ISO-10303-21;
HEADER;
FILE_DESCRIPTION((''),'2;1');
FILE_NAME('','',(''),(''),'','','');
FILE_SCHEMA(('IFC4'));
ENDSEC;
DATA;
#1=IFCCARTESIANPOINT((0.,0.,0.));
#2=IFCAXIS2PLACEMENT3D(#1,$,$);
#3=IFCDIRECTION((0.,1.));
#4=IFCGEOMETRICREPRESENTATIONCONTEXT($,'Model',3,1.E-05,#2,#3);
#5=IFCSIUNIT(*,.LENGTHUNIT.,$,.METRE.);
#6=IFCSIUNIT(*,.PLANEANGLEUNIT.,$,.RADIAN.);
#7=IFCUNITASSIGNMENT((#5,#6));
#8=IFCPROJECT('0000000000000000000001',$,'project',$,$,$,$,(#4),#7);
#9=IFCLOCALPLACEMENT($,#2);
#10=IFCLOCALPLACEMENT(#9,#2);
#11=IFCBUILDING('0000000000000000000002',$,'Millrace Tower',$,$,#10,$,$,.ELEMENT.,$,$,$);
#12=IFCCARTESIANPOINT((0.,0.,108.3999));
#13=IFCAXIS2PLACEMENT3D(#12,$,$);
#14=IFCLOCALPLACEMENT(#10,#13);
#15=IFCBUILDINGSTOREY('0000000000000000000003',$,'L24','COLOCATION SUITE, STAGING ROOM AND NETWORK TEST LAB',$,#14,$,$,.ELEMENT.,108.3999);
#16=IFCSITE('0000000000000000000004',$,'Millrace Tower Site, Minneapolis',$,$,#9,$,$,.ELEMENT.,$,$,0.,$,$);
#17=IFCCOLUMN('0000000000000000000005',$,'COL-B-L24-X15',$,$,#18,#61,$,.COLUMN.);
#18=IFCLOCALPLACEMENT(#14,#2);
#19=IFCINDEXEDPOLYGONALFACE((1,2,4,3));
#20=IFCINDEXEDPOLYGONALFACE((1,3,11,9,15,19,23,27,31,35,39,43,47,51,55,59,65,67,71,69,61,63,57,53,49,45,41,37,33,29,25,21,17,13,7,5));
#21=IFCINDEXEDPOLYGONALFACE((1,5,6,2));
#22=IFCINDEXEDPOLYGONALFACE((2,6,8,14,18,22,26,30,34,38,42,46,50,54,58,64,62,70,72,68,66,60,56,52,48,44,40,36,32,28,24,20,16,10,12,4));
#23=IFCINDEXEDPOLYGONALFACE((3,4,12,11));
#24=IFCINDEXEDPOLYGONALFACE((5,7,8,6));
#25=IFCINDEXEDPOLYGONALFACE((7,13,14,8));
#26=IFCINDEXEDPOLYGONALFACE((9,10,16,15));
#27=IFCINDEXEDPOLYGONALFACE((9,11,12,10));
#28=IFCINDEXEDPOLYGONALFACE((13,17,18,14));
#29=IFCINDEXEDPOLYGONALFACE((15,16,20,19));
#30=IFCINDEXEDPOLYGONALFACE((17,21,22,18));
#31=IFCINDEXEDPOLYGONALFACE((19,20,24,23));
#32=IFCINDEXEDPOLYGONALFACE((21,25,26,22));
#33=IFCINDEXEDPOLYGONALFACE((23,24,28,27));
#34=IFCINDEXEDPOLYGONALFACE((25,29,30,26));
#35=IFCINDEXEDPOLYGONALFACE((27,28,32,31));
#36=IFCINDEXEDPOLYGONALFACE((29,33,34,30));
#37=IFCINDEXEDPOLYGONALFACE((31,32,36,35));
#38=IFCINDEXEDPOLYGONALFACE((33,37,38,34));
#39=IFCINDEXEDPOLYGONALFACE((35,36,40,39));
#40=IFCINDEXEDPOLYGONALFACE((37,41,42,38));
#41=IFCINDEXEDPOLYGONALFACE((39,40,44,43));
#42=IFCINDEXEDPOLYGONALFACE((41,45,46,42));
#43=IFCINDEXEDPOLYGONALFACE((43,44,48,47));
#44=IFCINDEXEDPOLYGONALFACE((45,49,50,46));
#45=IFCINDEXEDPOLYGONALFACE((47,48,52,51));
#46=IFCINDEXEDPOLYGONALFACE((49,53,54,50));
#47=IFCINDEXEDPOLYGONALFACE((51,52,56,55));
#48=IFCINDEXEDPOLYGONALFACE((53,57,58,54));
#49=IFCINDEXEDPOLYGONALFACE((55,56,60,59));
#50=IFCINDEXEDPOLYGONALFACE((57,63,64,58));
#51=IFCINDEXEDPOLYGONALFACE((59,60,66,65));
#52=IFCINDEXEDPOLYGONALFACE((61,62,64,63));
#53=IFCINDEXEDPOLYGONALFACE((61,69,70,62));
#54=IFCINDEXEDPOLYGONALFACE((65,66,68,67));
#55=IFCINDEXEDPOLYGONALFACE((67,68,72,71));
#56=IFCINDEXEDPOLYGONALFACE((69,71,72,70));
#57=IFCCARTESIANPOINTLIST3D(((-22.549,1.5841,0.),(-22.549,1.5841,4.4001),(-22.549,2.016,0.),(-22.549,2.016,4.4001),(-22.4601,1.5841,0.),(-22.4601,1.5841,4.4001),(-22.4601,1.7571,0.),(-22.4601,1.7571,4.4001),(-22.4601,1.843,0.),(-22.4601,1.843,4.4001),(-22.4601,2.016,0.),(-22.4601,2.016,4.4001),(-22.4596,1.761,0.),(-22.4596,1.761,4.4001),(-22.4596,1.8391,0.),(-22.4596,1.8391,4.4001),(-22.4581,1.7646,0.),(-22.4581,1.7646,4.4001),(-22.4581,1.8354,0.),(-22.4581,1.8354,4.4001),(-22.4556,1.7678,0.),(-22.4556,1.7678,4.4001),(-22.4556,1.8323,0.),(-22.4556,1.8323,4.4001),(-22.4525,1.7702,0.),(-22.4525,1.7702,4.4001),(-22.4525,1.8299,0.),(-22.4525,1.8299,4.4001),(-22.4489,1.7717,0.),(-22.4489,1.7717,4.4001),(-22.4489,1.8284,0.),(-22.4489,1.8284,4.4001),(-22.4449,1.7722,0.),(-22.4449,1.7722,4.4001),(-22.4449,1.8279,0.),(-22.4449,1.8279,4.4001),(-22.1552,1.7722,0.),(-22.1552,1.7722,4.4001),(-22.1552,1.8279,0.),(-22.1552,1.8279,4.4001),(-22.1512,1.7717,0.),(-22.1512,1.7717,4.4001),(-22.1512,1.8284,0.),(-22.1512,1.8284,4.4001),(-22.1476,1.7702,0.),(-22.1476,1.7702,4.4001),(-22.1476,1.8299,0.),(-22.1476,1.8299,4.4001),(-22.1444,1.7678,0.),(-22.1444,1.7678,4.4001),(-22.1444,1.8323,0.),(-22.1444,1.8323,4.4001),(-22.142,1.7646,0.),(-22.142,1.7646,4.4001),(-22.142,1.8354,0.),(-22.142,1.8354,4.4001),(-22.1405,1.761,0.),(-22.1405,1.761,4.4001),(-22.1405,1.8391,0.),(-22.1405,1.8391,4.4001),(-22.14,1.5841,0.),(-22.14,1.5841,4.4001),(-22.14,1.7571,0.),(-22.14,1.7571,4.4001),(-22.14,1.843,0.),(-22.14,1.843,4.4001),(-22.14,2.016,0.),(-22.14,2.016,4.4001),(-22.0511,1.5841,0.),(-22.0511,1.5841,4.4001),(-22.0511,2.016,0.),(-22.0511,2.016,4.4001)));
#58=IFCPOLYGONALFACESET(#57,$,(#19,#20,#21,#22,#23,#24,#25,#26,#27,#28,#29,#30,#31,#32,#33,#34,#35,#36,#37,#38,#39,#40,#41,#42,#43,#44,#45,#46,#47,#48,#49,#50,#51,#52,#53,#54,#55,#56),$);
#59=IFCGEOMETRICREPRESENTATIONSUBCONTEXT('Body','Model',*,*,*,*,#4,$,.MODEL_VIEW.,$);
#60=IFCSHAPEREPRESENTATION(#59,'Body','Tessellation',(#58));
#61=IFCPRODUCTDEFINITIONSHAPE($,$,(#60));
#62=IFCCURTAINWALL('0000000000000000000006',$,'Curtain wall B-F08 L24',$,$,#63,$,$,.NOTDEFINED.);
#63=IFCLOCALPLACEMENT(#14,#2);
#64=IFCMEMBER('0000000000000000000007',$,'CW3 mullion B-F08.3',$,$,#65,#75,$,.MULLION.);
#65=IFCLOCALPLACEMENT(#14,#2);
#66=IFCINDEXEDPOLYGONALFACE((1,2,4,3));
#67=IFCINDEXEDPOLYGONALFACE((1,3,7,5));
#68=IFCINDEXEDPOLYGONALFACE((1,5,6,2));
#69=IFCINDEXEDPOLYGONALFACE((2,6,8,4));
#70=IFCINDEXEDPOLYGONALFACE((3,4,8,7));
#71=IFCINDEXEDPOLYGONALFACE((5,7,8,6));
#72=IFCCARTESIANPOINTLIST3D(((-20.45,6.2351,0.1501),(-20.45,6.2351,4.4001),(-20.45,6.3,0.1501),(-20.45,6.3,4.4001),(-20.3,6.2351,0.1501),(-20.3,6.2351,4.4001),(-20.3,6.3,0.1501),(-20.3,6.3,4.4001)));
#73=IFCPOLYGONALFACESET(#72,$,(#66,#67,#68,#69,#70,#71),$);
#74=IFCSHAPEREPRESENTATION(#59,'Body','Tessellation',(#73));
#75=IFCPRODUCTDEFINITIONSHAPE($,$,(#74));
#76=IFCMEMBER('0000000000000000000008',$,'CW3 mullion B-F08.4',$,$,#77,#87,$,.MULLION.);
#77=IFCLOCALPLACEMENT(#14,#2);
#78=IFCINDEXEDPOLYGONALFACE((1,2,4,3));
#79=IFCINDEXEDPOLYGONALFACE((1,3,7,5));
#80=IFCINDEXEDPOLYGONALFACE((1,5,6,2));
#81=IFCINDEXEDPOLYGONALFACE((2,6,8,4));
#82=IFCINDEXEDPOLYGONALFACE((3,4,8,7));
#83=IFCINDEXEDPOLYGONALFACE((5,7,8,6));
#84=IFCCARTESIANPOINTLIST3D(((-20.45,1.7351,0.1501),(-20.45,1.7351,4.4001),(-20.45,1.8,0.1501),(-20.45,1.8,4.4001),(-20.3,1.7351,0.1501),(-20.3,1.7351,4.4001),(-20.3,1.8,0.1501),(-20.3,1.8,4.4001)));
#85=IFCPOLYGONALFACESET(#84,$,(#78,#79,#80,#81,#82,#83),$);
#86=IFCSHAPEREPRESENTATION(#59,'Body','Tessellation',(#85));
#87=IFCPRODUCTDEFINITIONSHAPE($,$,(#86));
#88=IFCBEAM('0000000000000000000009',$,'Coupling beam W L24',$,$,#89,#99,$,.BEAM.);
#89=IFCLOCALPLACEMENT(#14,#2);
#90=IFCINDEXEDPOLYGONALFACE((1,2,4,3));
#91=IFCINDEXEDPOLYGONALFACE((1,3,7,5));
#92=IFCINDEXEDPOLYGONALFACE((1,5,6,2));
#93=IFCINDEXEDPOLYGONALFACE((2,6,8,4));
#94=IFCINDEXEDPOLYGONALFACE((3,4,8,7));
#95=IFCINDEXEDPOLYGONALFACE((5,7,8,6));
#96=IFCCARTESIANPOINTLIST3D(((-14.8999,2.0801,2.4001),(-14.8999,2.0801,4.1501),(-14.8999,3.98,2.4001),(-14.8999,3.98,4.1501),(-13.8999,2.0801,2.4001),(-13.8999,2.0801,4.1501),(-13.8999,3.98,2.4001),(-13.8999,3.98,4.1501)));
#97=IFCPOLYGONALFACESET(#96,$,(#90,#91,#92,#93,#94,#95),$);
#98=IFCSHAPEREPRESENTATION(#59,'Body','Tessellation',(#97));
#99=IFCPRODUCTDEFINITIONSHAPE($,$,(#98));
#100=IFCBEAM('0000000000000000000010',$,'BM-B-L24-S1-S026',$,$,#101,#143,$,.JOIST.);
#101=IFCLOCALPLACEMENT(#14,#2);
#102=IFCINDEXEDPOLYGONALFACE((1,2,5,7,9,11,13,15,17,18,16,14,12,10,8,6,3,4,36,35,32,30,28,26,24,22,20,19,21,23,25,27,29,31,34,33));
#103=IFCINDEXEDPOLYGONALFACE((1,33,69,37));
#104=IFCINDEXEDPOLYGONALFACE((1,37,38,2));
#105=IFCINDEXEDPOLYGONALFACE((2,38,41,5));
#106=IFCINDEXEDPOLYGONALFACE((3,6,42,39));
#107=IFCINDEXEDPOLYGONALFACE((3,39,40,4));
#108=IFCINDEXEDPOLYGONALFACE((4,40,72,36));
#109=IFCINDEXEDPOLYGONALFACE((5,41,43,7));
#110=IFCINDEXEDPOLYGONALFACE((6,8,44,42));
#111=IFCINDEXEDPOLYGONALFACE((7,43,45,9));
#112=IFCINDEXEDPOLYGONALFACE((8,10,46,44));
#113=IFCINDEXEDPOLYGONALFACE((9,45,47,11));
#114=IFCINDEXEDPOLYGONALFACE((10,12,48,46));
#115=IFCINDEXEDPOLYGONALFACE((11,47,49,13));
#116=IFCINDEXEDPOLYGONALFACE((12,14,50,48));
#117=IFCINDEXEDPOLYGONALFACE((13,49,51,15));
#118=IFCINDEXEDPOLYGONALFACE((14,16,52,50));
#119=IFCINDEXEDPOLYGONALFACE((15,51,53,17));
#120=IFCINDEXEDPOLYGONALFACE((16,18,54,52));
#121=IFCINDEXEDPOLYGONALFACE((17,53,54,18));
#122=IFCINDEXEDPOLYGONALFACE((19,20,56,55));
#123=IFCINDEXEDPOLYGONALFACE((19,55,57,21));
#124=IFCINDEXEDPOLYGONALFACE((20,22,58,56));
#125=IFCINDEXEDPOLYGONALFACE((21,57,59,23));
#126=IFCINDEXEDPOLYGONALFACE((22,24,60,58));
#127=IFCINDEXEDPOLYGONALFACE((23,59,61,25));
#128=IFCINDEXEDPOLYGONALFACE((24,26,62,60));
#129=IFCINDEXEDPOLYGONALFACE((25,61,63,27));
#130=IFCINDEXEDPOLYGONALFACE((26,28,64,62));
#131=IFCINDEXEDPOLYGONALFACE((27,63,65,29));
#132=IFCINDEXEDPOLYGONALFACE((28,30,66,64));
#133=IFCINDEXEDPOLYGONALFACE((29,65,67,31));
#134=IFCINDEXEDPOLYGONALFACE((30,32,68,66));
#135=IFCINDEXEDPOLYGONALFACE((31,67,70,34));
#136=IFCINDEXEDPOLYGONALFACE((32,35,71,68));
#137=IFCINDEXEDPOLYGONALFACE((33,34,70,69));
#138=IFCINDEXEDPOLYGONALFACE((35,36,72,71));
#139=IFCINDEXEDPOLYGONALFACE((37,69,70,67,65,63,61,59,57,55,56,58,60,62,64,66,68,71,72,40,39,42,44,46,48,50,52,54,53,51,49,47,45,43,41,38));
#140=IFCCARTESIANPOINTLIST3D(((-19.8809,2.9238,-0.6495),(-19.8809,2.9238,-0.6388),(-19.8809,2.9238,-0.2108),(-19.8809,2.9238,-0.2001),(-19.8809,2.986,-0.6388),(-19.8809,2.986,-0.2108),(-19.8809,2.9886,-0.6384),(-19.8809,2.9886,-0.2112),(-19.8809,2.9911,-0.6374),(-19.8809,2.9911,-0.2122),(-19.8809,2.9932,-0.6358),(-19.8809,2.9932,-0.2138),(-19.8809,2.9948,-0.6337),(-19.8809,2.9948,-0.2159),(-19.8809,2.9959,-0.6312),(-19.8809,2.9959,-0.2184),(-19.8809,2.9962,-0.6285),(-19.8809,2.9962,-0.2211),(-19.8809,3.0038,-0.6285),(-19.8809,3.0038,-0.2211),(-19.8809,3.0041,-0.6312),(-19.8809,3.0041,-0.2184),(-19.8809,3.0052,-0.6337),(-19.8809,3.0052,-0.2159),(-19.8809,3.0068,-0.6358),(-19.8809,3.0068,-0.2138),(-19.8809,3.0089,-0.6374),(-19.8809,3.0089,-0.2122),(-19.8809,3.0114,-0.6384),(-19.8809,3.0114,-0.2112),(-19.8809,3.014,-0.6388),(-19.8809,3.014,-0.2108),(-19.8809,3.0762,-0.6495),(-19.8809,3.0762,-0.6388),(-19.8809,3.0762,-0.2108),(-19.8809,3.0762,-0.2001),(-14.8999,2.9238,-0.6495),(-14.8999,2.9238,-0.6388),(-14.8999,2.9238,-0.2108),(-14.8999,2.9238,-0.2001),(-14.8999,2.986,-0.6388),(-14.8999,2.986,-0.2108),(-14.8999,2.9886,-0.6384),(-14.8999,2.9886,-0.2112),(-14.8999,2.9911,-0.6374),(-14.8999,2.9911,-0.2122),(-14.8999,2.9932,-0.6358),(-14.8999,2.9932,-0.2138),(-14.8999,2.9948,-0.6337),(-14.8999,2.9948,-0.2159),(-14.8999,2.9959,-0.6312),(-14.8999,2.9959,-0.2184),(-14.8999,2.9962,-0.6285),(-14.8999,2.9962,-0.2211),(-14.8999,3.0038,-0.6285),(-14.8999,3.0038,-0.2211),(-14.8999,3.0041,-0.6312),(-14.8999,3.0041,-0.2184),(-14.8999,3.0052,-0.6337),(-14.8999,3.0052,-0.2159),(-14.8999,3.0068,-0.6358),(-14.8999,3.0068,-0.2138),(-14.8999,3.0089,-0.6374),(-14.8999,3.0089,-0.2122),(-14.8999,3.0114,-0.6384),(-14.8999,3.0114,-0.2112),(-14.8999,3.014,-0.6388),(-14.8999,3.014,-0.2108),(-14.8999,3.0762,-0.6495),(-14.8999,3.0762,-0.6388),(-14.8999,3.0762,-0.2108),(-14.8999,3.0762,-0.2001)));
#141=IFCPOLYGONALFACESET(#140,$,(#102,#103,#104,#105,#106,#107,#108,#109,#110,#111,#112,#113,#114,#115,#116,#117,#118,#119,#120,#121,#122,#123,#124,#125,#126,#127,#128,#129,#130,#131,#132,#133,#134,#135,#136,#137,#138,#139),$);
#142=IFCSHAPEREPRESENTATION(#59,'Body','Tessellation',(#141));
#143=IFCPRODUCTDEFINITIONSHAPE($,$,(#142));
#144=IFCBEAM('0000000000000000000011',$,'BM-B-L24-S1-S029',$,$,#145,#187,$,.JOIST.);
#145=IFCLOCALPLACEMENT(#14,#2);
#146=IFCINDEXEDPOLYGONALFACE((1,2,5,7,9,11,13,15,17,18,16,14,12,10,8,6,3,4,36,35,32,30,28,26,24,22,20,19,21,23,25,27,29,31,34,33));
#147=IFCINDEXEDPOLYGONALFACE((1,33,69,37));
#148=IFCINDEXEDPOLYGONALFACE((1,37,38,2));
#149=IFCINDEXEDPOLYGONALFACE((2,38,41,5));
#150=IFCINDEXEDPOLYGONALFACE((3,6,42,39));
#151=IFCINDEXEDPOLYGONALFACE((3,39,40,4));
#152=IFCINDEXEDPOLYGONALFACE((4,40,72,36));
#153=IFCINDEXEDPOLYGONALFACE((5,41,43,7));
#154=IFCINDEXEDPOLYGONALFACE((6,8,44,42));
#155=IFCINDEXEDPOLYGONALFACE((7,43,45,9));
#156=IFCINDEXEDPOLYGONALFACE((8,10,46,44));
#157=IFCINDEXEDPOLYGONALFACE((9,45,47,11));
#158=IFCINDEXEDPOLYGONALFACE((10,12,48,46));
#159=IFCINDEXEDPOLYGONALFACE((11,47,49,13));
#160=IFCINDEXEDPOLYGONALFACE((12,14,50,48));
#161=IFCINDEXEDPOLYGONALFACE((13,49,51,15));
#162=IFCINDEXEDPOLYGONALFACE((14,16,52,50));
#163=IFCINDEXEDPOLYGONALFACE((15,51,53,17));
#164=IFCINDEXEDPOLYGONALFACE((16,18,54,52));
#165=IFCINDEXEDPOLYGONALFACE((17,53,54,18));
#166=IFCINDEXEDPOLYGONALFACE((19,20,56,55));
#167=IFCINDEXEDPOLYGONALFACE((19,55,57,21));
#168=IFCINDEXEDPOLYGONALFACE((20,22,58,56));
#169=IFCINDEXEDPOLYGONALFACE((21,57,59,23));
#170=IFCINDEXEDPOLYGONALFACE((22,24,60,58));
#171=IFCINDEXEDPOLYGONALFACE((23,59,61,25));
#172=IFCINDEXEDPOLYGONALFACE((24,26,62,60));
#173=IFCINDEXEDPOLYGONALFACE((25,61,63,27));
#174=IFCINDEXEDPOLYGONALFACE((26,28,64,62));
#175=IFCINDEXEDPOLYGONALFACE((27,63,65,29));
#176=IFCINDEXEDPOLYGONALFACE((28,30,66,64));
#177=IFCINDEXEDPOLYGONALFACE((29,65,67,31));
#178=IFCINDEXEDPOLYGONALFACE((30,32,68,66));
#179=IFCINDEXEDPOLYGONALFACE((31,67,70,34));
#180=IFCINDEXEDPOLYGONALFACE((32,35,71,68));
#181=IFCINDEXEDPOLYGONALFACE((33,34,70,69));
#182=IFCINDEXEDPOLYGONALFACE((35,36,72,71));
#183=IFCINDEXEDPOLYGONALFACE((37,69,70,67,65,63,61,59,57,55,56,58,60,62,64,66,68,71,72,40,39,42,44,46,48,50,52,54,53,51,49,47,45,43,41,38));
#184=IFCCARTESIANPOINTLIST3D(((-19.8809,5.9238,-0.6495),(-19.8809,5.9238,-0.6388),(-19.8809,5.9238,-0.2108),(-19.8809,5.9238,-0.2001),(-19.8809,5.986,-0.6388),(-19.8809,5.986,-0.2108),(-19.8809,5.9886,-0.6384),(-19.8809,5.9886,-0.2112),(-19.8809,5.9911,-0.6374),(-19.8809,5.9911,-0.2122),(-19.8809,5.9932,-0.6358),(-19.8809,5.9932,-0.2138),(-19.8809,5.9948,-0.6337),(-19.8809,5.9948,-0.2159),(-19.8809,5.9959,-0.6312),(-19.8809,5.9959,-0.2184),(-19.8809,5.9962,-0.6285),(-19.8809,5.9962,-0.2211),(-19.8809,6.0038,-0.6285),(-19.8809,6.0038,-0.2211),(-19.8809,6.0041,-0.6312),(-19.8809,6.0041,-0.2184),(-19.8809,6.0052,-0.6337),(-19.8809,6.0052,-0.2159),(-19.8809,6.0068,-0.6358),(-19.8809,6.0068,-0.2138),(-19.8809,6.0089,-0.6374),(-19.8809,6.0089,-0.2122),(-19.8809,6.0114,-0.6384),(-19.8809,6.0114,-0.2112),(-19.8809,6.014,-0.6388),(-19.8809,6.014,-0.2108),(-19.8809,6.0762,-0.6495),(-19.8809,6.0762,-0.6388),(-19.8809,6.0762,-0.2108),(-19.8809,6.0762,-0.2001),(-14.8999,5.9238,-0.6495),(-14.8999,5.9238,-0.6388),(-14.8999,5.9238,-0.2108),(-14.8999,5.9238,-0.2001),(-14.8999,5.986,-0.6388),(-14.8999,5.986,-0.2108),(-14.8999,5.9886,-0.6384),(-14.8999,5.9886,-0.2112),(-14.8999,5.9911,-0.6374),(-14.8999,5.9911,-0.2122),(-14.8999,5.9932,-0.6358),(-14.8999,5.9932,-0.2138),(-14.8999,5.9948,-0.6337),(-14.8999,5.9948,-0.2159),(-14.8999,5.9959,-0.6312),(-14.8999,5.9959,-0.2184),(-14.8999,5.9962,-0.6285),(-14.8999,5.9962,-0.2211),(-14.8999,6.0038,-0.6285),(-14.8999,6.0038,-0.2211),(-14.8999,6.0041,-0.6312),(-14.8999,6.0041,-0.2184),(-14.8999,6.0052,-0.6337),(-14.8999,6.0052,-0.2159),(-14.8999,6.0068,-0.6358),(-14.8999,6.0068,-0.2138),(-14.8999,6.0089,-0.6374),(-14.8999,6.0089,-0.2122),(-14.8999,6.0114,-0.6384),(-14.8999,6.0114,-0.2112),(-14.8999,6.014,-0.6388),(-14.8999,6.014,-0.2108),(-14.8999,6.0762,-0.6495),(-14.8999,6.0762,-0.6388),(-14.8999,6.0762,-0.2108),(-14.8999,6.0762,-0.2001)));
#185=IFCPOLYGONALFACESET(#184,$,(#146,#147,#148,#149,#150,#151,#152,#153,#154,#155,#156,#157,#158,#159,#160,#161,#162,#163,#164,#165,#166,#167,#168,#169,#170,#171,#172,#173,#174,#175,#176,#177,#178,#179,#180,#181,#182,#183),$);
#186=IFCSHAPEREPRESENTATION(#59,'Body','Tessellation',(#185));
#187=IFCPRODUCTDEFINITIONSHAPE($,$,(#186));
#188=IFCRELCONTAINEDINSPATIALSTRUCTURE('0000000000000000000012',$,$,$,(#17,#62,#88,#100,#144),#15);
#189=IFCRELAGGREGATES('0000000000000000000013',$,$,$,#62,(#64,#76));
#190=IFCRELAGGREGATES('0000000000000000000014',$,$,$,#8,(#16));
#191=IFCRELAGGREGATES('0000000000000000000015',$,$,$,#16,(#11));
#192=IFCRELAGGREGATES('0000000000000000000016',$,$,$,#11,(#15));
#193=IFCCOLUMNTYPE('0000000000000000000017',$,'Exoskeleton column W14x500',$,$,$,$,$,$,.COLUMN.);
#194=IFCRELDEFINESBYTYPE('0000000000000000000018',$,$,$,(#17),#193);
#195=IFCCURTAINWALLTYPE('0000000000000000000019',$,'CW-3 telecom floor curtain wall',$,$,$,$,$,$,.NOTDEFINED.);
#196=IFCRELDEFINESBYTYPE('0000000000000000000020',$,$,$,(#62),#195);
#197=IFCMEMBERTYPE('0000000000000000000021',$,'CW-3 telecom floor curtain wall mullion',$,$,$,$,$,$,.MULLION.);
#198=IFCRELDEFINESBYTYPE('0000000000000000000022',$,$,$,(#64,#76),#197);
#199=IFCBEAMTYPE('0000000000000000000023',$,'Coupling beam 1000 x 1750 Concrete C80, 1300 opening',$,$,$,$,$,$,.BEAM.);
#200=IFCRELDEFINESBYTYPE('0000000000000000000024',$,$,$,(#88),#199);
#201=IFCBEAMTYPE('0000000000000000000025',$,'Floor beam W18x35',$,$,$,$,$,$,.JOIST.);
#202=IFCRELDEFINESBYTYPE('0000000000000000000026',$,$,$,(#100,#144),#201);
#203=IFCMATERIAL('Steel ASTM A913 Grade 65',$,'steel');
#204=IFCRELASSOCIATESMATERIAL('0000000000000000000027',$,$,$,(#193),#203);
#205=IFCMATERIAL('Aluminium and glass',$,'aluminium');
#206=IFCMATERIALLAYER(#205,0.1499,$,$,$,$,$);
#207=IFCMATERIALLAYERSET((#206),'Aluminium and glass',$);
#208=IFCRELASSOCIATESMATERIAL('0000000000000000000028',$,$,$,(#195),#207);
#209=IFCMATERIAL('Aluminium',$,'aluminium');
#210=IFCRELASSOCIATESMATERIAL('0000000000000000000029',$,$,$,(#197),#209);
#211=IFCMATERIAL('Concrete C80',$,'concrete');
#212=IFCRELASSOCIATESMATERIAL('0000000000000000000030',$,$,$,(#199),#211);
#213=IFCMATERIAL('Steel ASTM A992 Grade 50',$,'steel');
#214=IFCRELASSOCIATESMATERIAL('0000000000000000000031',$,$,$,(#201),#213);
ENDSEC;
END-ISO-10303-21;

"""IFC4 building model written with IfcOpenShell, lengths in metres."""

from ifc_helpers import new_model, si_unit, direction, frame, origin, origin_2d, place, context, subcontext, project, spatial, rectangle, i_section, extrude, material, layer, layer_set, material_profile, profile_set, type_object, element, aggregate, save


model = new_model("IFC4")

# Units and contexts
model_context = context("Model", 3, precision=1e-05, world=origin(), true_north=direction((0.0, 1.0)))
body_context = subcontext(model_context, "Body", "Model", "MODEL_VIEW")
ifc_project = project(units=[si_unit("LENGTHUNIT", "METRE"), si_unit("PLANEANGLEUNIT", "RADIAN")], contexts=[model_context])

# Site, building, storey
site_placement = place(None, origin())
site = spatial("IfcSite", under=ifc_project, at=site_placement, Name="Millrace Tower Site, Minneapolis", CompositionType="ELEMENT", RefElevation=0.0)
building_placement = place(site_placement, origin())
building = spatial("IfcBuilding", under=site, at=building_placement, Name="Millrace Tower", CompositionType="ELEMENT")
storey_placement = place(building_placement, frame((0.0, 0.0, 108.3999)))
storey = spatial("IfcBuildingStorey", under=building, at=storey_placement, Name="L24", Description="COLOCATION SUITE, STAGING ROOM AND NETWORK TEST LAB", CompositionType="ELEMENT", Elevation=108.3999)

# Column
ifc_material_1 = material(Name="Steel ASTM A913 Grade 65", Category="steel")
ifc_material_profile_1 = material_profile(ifc_material_1, i_section(OverallWidth=0.4319, OverallDepth=0.4978, WebThickness=0.0557, FlangeThickness=0.0889, FilletRadius=0.0151, at=origin_2d()))
ifc_profile_set_1 = profile_set([ifc_material_profile_1], Name="Steel ASTM A913 Grade 65")
column_type = type_object("IfcColumnType", Name="Exoskeleton column W14x500", PredefinedType="COLUMN", material=ifc_profile_set_1)
column_placement = place(storey_placement, frame((-22.3, 1.8, 0.0), z_axis=(0.0, 0.0, 1.0), x_axis=(0.0, -1.0, 0.0)))
element("IfcColumn", 1, at=column_placement, inside=storey, type_object=column_type, Name="COL-B-L24-X15", PredefinedType="COLUMN", context=body_context, shape_type="SweptSolid", body=[
    extrude(i_section(OverallWidth=0.4319, OverallDepth=0.4978, WebThickness=0.0557, FlangeThickness=0.0889, FilletRadius=0.0151, at=origin_2d()), origin(), (0.0, 0.0, 1.0), 4.4001),
])

# Curtain wall, members
ifc_material_2 = material(Name="Aluminium and glass", Category="aluminium")
ifc_layer_1 = layer(ifc_material_2, 0.1499)
ifc_layer_set_1 = layer_set([ifc_layer_1], Name="Aluminium and glass")
curtain_wall_type = type_object("IfcCurtainWallType", Name="CW-3 telecom floor curtain wall", PredefinedType="NOTDEFINED", material=ifc_layer_set_1)
placement = place(storey_placement, origin())
curtain_wall = element("IfcCurtainWall", 2, at=placement, inside=storey, type_object=curtain_wall_type, Name="Curtain wall B-F08 L24", PredefinedType="NOTDEFINED")
ifc_material_3 = material(Name="Aluminium", Category="aluminium")
ifc_material_profile_2 = material_profile(ifc_material_3, rectangle(XDim=0.0649, YDim=0.1499, at=origin_2d()))
ifc_profile_set_2 = profile_set([ifc_material_profile_2], Name="Aluminium")
member_type = type_object("IfcMemberType", Name="CW-3 telecom floor curtain wall mullion", PredefinedType="MULLION", material=ifc_profile_set_2)
member_1_placement = place(storey_placement, frame((-20.375, 6.2676, 0.1501), z_axis=(0.0, 0.0, 1.0), x_axis=(0.0, -1.0, 0.0)))
member_1 = element("IfcMember", 3, at=member_1_placement, type_object=member_type, Name="CW3 mullion B-F08.3", PredefinedType="MULLION", context=body_context, shape_type="SweptSolid", body=[
    extrude(rectangle(XDim=0.0649, YDim=0.1499, at=origin_2d()), origin(), (0.0, 0.0, 1.0), 4.25),
])
member_2_placement = place(storey_placement, frame((-20.375, 1.7676, 0.1501), z_axis=(0.0, 0.0, 1.0), x_axis=(0.0, -1.0, 0.0)))
member_2 = element("IfcMember", 4, at=member_2_placement, type_object=member_type, Name="CW3 mullion B-F08.4", PredefinedType="MULLION", context=body_context, shape_type="SweptSolid", body=[
    extrude(rectangle(XDim=0.0649, YDim=0.1499, at=origin_2d()), origin(), (0.0, 0.0, 1.0), 4.25),
])
aggregate(curtain_wall, [member_1, member_2])

# Beams
ifc_material_4 = material(Name="Concrete C80", Category="concrete")
ifc_material_profile_3 = material_profile(ifc_material_4, rectangle(XDim=1.0, YDim=1.75, at=origin_2d()))
ifc_profile_set_3 = profile_set([ifc_material_profile_3], Name="Concrete C80")
beam_type_1 = type_object("IfcBeamType", Name="Coupling beam 1000 x 1750 Concrete C80, 1300 opening", PredefinedType="BEAM", material=ifc_profile_set_3)
beam_1_placement = place(storey_placement, frame((-14.3999, 2.0801, 3.2751), z_axis=(0.0, 1.0, 0.0), x_axis=(-1.0, 0.0, 0.0)))
element("IfcBeam", 5, at=beam_1_placement, inside=storey, type_object=beam_type_1, Name="Coupling beam W L24", PredefinedType="BEAM", context=body_context, shape_type="SweptSolid", body=[
    extrude(rectangle(XDim=1.0, YDim=1.75, at=origin_2d()), origin(), (0.0, 0.0, 1.0), 1.8999),
])
ifc_material_5 = material(Name="Steel ASTM A992 Grade 50", Category="steel")
ifc_material_profile_4 = material_profile(ifc_material_5, i_section(OverallWidth=0.1523, OverallDepth=0.4495, WebThickness=0.0076, FlangeThickness=0.0107, FilletRadius=0.0103, at=origin_2d()))
ifc_profile_set_4 = profile_set([ifc_material_profile_4], Name="Steel ASTM A992 Grade 50")
beam_type_2 = type_object("IfcBeamType", Name="Floor beam W18x35", PredefinedType="JOIST", material=ifc_profile_set_4)
for number, where, z_axis, x_axis, name in (
    (6, (-19.8809, 3.0, -0.4248), (1.0, 0.0, 0.0), (0.0, 1.0, 0.0), "BM-B-L24-S1-S026"),
    (7, (-19.8809, 6.0, -0.4248), (1.0, 0.0, 0.0), (0.0, 1.0, 0.0), "BM-B-L24-S1-S029"),
):
    element("IfcBeam", number, at=place(storey_placement, frame(where, z_axis=z_axis, x_axis=x_axis)), inside=storey, type_object=beam_type_2, Name=name, PredefinedType="JOIST", context=body_context, shape_type="SweptSolid", body=[
        extrude(i_section(OverallWidth=0.1523, OverallDepth=0.4495, WebThickness=0.0076, FlangeThickness=0.0107, FilletRadius=0.0103, at=origin_2d()), origin(), (0.0, 0.0, 1.0), 4.981),
    ])

save(model, "model.ifc")
